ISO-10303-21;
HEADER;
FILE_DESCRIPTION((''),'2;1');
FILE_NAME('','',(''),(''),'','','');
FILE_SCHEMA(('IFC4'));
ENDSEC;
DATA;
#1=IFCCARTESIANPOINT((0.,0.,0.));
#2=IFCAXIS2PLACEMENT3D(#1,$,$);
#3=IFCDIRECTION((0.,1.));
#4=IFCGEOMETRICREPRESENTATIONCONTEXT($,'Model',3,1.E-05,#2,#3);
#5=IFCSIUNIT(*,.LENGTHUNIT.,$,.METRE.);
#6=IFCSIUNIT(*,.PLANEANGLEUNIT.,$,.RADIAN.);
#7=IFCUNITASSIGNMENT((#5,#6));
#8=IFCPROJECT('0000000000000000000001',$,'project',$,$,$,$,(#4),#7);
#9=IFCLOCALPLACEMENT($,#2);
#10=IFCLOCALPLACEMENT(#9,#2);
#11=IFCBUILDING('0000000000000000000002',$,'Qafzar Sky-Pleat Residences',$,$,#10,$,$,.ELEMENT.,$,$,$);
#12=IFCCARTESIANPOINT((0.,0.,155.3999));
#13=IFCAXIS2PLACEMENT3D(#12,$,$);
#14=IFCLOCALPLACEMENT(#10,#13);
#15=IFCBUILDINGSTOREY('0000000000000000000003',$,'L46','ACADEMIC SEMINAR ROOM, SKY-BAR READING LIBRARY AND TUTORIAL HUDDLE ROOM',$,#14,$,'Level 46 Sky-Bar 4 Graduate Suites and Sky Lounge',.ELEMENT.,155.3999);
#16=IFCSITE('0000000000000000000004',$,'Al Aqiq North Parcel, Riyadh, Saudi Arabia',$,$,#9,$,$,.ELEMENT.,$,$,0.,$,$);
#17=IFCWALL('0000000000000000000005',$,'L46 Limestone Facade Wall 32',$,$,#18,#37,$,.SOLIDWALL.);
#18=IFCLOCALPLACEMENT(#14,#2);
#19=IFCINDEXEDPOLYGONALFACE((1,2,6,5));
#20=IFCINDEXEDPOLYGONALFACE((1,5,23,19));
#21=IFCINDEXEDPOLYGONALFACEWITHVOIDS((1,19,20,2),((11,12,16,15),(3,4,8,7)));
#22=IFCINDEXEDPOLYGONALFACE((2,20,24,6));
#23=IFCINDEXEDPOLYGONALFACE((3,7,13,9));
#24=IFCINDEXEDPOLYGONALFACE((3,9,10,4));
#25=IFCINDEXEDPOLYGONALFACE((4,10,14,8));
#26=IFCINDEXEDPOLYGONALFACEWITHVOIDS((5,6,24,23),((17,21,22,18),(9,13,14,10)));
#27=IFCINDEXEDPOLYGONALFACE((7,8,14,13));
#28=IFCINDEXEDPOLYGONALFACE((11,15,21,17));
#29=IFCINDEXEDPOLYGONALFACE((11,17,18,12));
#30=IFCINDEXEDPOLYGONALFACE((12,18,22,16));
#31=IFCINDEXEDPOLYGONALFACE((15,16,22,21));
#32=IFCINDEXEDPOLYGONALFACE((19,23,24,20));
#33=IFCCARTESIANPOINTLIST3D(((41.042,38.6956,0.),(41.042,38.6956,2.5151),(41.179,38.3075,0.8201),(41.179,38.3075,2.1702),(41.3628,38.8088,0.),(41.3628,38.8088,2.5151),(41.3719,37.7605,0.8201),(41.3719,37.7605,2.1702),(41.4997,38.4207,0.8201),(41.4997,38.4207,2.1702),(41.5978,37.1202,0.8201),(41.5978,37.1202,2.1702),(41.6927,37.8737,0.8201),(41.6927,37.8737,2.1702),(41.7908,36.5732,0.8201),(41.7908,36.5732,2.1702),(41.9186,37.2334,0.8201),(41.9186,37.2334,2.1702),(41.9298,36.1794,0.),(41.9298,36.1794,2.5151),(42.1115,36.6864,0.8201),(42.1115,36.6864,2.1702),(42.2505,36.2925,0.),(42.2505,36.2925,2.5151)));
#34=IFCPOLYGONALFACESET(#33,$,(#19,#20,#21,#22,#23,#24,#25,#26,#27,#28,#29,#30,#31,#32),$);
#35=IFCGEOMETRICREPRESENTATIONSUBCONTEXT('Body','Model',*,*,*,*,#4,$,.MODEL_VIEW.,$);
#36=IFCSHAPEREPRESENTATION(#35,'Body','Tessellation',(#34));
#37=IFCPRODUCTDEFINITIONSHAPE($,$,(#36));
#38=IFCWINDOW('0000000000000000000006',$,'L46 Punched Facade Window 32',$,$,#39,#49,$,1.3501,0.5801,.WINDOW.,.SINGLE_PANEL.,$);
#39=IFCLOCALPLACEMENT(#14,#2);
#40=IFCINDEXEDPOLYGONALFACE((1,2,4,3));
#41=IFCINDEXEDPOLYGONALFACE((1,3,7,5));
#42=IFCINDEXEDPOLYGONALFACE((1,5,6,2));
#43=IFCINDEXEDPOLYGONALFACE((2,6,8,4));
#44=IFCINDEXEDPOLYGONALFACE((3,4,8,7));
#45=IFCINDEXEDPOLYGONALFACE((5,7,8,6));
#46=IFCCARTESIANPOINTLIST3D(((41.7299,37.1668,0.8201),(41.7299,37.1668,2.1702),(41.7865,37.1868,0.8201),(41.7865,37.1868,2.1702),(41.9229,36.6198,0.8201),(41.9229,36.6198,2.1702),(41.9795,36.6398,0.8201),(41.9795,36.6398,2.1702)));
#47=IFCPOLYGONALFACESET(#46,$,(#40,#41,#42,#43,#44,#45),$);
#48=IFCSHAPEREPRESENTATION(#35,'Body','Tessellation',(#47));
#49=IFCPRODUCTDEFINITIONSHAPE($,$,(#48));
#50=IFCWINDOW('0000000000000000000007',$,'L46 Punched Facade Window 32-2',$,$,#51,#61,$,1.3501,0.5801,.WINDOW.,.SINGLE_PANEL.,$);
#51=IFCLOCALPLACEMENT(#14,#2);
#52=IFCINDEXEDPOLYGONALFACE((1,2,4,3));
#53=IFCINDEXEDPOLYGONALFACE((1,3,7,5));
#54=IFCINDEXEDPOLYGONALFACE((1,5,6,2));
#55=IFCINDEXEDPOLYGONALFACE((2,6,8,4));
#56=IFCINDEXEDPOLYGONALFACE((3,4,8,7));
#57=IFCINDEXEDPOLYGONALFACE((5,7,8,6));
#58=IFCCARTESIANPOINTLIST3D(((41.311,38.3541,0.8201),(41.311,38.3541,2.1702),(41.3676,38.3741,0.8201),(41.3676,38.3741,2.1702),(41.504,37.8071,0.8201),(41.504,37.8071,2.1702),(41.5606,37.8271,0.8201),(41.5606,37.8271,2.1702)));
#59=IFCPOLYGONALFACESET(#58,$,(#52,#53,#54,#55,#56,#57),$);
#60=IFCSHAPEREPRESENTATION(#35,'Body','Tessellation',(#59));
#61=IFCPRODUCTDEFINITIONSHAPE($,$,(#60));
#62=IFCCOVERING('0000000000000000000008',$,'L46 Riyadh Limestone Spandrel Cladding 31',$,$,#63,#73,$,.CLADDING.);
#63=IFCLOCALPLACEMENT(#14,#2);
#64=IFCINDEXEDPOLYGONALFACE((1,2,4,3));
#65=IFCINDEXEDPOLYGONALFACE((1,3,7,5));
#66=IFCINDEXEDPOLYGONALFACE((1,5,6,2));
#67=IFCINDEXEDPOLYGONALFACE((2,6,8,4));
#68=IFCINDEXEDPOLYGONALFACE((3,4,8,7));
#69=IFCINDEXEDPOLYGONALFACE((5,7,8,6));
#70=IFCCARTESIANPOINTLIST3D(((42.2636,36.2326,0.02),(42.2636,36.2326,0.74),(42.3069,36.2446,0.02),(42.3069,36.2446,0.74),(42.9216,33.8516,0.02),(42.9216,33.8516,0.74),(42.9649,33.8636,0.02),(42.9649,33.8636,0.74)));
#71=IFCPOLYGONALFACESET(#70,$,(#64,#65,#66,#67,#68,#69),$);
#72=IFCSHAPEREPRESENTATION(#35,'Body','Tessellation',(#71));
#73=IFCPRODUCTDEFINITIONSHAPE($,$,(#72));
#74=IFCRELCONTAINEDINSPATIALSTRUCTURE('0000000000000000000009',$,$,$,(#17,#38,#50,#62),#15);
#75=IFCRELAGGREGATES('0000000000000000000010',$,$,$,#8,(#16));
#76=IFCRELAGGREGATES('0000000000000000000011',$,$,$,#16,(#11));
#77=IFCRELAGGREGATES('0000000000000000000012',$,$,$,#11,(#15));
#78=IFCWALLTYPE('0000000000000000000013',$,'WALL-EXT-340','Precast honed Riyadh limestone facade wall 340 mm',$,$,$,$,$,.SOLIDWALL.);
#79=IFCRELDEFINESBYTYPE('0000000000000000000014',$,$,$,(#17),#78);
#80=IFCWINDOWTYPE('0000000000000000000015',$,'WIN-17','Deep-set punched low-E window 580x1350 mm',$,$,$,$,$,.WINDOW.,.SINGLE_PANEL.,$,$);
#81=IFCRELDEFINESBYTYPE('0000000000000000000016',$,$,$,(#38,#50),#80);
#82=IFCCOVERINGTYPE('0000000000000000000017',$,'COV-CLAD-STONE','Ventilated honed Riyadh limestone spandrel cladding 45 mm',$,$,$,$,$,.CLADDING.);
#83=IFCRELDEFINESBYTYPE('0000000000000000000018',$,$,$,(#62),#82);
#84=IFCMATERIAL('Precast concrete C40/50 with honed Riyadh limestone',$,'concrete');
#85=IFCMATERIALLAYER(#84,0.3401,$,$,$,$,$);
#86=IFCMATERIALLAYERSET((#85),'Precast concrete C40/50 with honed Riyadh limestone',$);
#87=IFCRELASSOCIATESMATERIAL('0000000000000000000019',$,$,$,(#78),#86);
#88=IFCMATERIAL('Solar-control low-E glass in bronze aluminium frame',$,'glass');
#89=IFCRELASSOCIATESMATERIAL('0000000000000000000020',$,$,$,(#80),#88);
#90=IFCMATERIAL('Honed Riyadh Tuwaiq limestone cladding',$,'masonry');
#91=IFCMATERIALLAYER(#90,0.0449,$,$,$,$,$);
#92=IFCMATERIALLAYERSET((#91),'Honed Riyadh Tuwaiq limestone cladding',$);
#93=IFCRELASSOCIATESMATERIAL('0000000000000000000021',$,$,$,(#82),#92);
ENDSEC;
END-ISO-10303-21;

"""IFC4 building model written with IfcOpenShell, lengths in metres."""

from ifc_helpers import new_model, si_unit, direction, frame, frame_2d, origin, origin_2d, place, context, subcontext, project, spatial, rectangle, extrude, source, transform, mapped, material, layer, layer_set, type_object, element, fill, save


model = new_model("IFC4")

# Units and contexts
model_context = context("Model", 3, precision=1e-05, world=origin(), true_north=direction((0.0, 1.0)))
body_context = subcontext(model_context, "Body", "Model", "MODEL_VIEW")
ifc_project = project(units=[si_unit("LENGTHUNIT", "METRE"), si_unit("PLANEANGLEUNIT", "RADIAN")], contexts=[model_context])

# Site, building, storey
site_placement = place(None, origin())
site = spatial("IfcSite", under=ifc_project, at=site_placement, Name="Al Aqiq North Parcel, Riyadh, Saudi Arabia", CompositionType="ELEMENT", RefElevation=0.0)
building_placement = place(site_placement, origin())
building = spatial("IfcBuilding", under=site, at=building_placement, Name="Qafzar Sky-Pleat Residences", CompositionType="ELEMENT")
storey_placement = place(building_placement, frame((0.0, 0.0, 155.3999)))
storey = spatial("IfcBuildingStorey", under=building, at=storey_placement, Name="L46", Description="ACADEMIC SEMINAR ROOM, SKY-BAR READING LIBRARY AND TUTORIAL HUDDLE ROOM", LongName="Level 46 Sky-Bar 4 Graduate Suites and Sky Lounge", CompositionType="ELEMENT", Elevation=155.3999)

# Shared definitions
ifc_material_1 = material(Name="Precast concrete C40/50 with honed Riyadh limestone", Category="concrete")

# Shared definitions
ifc_layer_1 = layer(ifc_material_1, 0.3401)
ifc_layer_set_1 = layer_set([ifc_layer_1], Name="Precast concrete C40/50 with honed Riyadh limestone")
wall_type_1 = type_object("IfcWallType", Name="WALL-EXT-340", Description="Precast honed Riyadh limestone facade wall 340 mm", PredefinedType="SOLIDWALL", material=ifc_layer_set_1)
ifc_material_2 = material(Name="Solar-control low-E glass in bronze aluminium frame", Category="glass")
window_type_1 = type_object("IfcWindowType", Name="WIN-17", Description="Deep-set punched low-E window 580x1350 mm", PartitioningType="SINGLE_PANEL", PredefinedType="WINDOW", material=ifc_material_2)
shared_shape_1 = source(origin(), body_context, "Body", "SweptSolid", [
    extrude(rectangle(XDim=0.5801, YDim=1.3501, at=frame_2d((0.29, 0.675))), frame((0.0, 0.03, 0.0), z_axis=(0.0, -1.0, 0.0), x_axis=(1.0, 0.0, 0.0)), (0.0, 0.0, 1.0), 0.0601),
])

# Wall, openings, windows
wall_1_placement = place(storey_placement, frame((42.0901, 36.2361, 0.0), z_axis=(0.0, 0.0, 1.0), x_axis=(-0.332705, 0.943031, 0.0)))
wall_1 = element("IfcWall", 1, at=wall_1_placement, inside=storey, type_object=wall_type_1, Name="L46 Limestone Facade Wall 32", PredefinedType="SOLIDWALL", context=body_context, shape_type="SweptSolid", body=[
    extrude(rectangle(XDim=2.6682, YDim=0.3401, at=frame_2d((1.334, 0.0))), origin(), (0.0, 0.0, 1.0), 2.5151),
])
opening_1_placement = place(wall_1_placement, frame((0.4175, 0.0, 0.8201)))
opening_1 = element("IfcOpeningElement", 2, at=opening_1_placement, cuts=wall_1, PredefinedType="OPENING", context=body_context, shape_type="SweptSolid", body=[
    extrude(rectangle(XDim=0.5801, YDim=1.3501, at=frame_2d((0.29, 0.675))), frame((0.0, 0.1802, 0.0), z_axis=(0.0, -1.0, 0.0), x_axis=(1.0, 0.0, 0.0)), (0.0, 0.0, 1.0), 0.3601),
])
opening_2_placement = place(wall_1_placement, frame((1.6765, 0.0, 0.8201)))
opening_2 = element("IfcOpeningElement", 3, at=opening_2_placement, cuts=wall_1, PredefinedType="OPENING", context=body_context, shape_type="SweptSolid", body=[
    extrude(rectangle(XDim=0.5801, YDim=1.3501, at=frame_2d((0.29, 0.675))), frame((0.0, 0.1802, 0.0), z_axis=(0.0, -1.0, 0.0), x_axis=(1.0, 0.0, 0.0)), (0.0, 0.0, 1.0), 0.3601),
])
window_1_placement = place(opening_1_placement, origin())
window_1 = element("IfcWindow", 4, at=window_1_placement, inside=storey, type_object=window_type_1, Name="L46 Punched Facade Window 32", OverallHeight=1.3501, OverallWidth=0.5801, PartitioningType="SINGLE_PANEL", PredefinedType="WINDOW", context=body_context, shape_type="MappedRepresentation", body=[
    mapped(shared_shape_1, transform((0.0, 0.0, 0.0), x_axis=(1.0, 0.0, 0.0), y_axis=(0.0, 1.0, 0.0), z_axis=(0.0, 0.0, 1.0), scale=1.0)),
])
fill(opening_1, window_1)
window_2_placement = place(opening_2_placement, origin())
window_2 = element("IfcWindow", 5, at=window_2_placement, inside=storey, type_object=window_type_1, Name="L46 Punched Facade Window 32-2", OverallHeight=1.3501, OverallWidth=0.5801, PartitioningType="SINGLE_PANEL", PredefinedType="WINDOW", context=body_context, shape_type="MappedRepresentation", body=[
    mapped(shared_shape_1, transform((0.0, 0.0, 0.0), x_axis=(1.0, 0.0, 0.0), y_axis=(0.0, 1.0, 0.0), z_axis=(0.0, 0.0, 1.0), scale=1.0)),
])
fill(opening_2, window_2)

# Covering
ifc_material_3 = material(Name="Honed Riyadh Tuwaiq limestone cladding", Category="masonry")
ifc_layer_2 = layer(ifc_material_3, 0.0449)
ifc_layer_set_2 = layer_set([ifc_layer_2], Name="Honed Riyadh Tuwaiq limestone cladding")
covering_type = type_object("IfcCoveringType", Name="COV-CLAD-STONE", Description="Ventilated honed Riyadh limestone spandrel cladding 45 mm", PredefinedType="CLADDING", material=ifc_layer_set_2)
shared_shape_2 = source(origin(), body_context, "Body", "SweptSolid", [
    extrude(rectangle(XDim=2.4702, YDim=0.0449, at=origin_2d()), origin(), (0.0, 0.0, 1.0), 0.72),
])
covering_placement = place(storey_placement, frame((42.6143, 35.0481, 0.02), z_axis=(0.0, 0.0, 1.0), x_axis=(-0.266371, 0.96387, 0.0)))
element("IfcCovering", 6, at=covering_placement, inside=storey, type_object=covering_type, Name="L46 Riyadh Limestone Spandrel Cladding 31", PredefinedType="CLADDING", context=body_context, shape_type="MappedRepresentation", body=[
    mapped(shared_shape_2, transform((0.0, 0.0, 0.0), x_axis=(1.0, 0.0, 0.0), y_axis=(0.0, 1.0, 0.0), z_axis=(0.0, 0.0, 1.0), scale=1.0)),
])

save(model, "model.ifc")
